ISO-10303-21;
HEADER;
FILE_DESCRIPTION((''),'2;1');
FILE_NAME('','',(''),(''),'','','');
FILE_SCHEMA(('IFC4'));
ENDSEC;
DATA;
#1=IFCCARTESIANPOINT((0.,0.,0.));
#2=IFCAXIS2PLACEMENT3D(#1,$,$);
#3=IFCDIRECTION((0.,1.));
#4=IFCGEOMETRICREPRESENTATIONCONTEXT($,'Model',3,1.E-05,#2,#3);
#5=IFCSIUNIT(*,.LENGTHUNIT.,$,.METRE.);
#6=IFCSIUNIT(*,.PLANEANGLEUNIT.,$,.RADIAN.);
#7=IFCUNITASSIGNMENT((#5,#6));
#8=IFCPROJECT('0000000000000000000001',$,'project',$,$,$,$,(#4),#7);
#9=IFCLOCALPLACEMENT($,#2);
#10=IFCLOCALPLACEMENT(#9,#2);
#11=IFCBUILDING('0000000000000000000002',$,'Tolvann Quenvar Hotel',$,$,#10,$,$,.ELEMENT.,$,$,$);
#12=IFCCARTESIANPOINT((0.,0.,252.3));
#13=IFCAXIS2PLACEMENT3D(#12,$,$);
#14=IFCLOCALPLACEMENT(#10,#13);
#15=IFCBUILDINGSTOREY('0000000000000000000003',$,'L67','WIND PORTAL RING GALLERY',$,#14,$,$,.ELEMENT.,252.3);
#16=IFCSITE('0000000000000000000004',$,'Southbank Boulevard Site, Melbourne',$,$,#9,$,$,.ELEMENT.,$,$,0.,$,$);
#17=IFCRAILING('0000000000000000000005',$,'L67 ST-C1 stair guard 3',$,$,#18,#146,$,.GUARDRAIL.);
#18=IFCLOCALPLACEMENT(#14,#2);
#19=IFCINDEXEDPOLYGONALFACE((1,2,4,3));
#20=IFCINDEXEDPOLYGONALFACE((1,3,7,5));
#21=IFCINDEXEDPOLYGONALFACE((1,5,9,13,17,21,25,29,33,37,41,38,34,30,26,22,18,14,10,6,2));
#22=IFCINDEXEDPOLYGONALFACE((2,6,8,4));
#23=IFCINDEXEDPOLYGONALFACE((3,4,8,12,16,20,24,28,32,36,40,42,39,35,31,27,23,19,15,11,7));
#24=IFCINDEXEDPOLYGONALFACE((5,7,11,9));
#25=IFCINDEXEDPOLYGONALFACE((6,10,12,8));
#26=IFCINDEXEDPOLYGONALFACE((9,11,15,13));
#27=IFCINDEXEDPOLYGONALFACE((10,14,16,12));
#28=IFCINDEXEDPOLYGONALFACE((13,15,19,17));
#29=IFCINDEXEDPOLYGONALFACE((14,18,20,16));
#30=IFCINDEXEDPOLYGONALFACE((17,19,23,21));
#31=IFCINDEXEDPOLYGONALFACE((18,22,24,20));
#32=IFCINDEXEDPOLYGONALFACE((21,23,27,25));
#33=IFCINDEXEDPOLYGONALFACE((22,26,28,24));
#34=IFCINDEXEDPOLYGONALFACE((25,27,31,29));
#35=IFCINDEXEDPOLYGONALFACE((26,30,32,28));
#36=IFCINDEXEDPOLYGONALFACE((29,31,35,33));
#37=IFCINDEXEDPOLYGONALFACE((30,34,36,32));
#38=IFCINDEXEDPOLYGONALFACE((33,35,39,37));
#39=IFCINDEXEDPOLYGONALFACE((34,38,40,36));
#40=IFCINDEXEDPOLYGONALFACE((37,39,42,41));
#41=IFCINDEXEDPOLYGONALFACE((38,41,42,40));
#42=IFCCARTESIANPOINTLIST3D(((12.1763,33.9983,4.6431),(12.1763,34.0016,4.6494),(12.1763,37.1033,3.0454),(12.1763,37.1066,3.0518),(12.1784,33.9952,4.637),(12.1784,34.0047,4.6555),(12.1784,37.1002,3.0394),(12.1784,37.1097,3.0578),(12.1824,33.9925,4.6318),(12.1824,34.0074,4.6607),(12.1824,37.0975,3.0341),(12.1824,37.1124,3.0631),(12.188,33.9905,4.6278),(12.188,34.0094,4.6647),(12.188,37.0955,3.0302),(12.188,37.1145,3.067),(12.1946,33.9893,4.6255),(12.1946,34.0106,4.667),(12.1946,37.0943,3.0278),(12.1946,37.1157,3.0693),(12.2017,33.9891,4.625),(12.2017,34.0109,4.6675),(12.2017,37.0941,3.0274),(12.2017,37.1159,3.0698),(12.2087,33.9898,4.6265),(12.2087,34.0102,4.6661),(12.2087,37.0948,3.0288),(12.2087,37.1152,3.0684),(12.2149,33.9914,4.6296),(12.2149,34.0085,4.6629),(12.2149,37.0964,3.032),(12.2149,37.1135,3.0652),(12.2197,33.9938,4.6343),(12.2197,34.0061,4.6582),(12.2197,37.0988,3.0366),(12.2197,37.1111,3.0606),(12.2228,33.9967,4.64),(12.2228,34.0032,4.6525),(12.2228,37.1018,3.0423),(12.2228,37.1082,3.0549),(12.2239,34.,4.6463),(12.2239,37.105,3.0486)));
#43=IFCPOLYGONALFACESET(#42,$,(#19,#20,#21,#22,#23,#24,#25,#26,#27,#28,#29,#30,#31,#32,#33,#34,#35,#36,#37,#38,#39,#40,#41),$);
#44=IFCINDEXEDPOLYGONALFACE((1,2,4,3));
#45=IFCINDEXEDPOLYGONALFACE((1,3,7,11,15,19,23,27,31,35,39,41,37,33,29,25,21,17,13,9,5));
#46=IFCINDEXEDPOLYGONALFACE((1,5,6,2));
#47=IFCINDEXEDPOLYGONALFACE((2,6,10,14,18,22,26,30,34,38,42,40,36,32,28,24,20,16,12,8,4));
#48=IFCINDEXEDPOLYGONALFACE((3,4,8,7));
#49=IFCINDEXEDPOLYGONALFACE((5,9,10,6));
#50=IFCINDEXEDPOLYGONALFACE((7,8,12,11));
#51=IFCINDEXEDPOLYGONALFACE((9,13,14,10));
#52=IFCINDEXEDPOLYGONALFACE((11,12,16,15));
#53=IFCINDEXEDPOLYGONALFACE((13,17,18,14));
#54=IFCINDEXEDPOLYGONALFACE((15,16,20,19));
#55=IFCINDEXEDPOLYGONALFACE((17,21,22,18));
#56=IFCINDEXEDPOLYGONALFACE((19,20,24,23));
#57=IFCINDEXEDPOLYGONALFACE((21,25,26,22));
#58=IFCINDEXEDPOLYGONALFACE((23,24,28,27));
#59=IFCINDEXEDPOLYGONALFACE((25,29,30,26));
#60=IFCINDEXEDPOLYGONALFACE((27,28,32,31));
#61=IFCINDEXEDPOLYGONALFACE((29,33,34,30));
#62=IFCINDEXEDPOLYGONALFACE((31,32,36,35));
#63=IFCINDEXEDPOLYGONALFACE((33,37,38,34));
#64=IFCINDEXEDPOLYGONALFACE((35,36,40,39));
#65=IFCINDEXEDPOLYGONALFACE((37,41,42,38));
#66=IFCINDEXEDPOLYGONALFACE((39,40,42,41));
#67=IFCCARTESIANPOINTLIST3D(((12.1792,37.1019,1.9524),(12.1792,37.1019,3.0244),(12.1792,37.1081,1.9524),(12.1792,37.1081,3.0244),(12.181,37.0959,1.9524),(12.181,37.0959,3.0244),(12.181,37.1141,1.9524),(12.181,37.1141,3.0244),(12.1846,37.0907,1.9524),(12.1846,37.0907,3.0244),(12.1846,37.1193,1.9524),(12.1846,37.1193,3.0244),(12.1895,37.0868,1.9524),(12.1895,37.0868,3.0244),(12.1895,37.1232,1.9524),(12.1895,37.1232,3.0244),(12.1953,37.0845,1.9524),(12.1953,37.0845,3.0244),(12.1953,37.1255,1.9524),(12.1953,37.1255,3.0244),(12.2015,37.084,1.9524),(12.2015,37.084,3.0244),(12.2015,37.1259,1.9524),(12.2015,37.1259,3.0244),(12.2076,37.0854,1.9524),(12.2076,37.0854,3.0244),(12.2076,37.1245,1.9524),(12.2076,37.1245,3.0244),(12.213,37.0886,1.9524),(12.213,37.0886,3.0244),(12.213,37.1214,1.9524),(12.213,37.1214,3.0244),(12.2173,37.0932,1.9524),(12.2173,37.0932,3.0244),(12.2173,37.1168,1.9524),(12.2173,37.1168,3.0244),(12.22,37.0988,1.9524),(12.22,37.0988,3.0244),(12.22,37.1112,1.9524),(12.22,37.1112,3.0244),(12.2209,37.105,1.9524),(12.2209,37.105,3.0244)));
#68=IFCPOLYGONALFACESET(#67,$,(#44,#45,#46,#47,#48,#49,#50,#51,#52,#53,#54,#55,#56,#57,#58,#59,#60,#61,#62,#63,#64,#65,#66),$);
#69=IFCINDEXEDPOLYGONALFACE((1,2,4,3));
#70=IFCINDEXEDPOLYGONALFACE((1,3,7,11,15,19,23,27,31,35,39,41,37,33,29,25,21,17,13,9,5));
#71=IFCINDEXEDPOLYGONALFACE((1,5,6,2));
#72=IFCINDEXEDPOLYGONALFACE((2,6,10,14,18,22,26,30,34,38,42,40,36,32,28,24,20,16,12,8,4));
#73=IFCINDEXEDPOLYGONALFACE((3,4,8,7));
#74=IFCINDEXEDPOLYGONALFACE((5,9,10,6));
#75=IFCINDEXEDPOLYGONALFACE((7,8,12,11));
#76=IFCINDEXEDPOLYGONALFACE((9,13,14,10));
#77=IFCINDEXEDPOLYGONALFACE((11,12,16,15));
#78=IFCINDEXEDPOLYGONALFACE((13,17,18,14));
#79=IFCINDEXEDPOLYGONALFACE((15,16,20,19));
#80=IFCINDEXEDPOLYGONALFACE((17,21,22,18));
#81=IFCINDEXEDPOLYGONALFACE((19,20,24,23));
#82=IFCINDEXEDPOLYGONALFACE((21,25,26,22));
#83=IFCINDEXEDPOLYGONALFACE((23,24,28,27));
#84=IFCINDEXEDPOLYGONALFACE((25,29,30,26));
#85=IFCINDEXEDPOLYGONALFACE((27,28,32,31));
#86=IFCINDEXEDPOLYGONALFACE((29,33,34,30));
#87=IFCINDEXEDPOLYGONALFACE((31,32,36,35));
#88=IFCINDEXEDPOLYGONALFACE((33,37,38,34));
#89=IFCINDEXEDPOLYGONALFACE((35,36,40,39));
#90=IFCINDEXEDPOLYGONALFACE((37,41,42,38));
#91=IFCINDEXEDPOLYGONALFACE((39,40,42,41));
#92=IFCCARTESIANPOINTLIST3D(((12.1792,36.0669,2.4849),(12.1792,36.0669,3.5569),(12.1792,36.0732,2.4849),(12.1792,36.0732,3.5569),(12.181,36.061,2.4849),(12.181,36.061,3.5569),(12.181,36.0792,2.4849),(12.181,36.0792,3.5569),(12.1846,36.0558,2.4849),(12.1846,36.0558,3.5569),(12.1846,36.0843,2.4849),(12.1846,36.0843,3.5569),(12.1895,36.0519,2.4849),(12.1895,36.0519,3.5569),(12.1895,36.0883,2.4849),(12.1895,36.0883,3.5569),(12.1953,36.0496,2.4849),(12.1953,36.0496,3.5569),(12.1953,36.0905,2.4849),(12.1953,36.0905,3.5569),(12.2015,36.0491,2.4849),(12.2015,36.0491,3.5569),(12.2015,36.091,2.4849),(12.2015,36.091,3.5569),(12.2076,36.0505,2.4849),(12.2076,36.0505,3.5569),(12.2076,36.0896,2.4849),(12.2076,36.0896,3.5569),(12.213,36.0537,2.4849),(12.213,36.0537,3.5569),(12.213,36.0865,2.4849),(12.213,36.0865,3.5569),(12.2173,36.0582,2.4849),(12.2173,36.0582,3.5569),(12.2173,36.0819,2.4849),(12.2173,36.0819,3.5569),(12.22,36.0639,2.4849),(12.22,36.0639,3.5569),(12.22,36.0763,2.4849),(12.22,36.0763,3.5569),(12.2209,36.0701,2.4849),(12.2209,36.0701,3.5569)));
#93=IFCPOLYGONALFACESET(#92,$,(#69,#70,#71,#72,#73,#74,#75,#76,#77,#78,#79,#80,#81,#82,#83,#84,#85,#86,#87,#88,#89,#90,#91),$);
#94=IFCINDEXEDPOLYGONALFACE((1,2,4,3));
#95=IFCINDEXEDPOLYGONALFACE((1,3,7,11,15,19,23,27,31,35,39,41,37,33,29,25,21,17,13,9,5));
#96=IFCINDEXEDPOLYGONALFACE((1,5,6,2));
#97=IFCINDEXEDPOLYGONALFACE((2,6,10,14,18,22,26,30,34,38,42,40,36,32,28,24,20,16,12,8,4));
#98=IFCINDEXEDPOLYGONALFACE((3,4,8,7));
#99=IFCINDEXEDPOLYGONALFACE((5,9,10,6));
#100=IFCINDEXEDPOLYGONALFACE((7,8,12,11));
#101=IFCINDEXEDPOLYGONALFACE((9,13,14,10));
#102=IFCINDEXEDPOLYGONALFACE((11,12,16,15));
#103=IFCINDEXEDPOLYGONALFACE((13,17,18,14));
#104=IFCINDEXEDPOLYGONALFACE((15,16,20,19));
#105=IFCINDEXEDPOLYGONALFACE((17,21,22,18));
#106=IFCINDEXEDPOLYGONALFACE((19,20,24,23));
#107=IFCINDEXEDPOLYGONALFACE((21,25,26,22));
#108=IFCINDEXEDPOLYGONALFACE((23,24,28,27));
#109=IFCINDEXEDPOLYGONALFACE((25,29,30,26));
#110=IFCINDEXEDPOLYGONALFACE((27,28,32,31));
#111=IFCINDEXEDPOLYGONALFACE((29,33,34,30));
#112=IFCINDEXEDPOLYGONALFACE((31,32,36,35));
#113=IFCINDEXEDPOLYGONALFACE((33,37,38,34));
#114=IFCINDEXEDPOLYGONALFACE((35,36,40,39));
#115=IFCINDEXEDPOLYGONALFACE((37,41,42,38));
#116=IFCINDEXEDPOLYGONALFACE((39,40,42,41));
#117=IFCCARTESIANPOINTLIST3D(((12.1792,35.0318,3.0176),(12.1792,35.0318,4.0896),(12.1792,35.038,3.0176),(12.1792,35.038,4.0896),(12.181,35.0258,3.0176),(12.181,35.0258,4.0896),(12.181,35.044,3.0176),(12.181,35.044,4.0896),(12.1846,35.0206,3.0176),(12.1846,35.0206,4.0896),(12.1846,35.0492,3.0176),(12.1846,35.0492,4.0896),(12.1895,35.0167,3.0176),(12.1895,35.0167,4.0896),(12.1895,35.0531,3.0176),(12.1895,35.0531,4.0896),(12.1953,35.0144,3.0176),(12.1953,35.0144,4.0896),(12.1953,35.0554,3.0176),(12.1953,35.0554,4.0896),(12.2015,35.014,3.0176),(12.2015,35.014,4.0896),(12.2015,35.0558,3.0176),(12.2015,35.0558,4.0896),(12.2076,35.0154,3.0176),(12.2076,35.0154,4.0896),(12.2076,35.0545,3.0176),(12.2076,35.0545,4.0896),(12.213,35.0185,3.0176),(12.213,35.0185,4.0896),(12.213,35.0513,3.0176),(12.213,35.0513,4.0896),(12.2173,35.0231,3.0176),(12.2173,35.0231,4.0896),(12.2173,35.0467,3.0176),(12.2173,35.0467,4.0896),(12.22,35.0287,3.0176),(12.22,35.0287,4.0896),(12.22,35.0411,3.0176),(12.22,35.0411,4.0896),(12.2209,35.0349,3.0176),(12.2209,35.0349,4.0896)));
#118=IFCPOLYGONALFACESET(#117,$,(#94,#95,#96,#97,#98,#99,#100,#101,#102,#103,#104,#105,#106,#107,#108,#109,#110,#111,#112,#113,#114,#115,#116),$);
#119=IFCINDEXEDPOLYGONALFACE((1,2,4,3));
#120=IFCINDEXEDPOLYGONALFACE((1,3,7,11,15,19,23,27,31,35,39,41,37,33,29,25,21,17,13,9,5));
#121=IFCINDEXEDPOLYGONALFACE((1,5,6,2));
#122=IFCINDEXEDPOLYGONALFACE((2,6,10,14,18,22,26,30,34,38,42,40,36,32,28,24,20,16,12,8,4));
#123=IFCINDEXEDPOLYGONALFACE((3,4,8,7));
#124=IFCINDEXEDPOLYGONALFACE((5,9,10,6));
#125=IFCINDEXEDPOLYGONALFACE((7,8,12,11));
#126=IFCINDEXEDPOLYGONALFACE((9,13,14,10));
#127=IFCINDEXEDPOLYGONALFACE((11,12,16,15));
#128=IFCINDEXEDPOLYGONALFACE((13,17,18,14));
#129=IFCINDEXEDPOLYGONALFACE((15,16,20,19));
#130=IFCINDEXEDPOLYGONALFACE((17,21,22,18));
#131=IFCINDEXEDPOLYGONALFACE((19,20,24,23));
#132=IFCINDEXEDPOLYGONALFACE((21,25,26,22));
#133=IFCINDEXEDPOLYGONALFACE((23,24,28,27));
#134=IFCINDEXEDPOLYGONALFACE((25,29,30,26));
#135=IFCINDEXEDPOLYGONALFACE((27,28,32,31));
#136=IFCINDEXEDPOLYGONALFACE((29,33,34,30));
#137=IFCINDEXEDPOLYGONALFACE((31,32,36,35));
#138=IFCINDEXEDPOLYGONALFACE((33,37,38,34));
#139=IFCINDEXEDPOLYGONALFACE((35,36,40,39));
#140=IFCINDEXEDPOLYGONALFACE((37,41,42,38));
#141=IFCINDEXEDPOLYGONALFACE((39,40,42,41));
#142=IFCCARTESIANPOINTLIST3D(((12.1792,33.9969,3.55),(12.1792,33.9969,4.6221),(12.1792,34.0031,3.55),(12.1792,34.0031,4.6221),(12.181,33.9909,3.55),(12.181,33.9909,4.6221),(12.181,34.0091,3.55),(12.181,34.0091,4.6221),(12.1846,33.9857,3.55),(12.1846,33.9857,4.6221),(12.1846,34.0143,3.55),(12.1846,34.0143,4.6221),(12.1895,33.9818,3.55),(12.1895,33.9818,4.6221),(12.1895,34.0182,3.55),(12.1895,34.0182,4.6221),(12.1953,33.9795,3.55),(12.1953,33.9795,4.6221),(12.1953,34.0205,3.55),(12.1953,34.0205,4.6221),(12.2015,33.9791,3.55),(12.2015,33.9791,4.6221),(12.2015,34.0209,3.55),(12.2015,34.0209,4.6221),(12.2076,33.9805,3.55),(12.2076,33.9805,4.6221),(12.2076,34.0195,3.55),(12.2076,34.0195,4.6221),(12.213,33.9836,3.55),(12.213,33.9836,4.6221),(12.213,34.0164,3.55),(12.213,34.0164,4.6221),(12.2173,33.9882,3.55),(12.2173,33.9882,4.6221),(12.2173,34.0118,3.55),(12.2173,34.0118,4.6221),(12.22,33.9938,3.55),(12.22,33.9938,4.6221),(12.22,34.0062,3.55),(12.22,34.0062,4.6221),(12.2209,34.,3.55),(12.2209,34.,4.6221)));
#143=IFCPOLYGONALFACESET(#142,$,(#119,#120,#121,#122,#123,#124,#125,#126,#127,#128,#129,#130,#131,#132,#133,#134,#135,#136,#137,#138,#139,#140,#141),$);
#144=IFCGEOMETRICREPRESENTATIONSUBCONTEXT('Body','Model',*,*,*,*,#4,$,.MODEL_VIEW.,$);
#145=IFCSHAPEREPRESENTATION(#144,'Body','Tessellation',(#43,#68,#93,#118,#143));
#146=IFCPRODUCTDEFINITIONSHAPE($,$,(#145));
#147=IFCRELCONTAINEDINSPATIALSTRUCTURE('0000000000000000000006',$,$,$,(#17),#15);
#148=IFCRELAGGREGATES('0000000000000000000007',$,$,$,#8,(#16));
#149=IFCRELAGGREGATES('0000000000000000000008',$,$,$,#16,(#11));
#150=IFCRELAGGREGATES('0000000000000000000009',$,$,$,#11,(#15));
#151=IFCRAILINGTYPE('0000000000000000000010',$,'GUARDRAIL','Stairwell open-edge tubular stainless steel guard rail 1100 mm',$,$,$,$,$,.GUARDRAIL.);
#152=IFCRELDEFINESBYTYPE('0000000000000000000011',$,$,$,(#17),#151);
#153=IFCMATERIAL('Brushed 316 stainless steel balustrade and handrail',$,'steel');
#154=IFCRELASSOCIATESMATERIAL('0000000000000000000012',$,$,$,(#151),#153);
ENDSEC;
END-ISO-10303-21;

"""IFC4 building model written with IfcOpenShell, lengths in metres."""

from ifc_helpers import new_model, si_unit, direction, frame, origin, origin_2d, place, context, subcontext, project, spatial, circle, extrude, material, type_object, element, save


model = new_model("IFC4")

# Units and contexts
model_context = context("Model", 3, precision=1e-05, world=origin(), true_north=direction((0.0, 1.0)))
body_context = subcontext(model_context, "Body", "Model", "MODEL_VIEW")
ifc_project = project(units=[si_unit("LENGTHUNIT", "METRE"), si_unit("PLANEANGLEUNIT", "RADIAN")], contexts=[model_context])

# Site, building, storey
site_placement = place(None, origin())
site = spatial("IfcSite", under=ifc_project, at=site_placement, Name="Southbank Boulevard Site, Melbourne", CompositionType="ELEMENT", RefElevation=0.0)
building_placement = place(site_placement, origin())
building = spatial("IfcBuilding", under=site, at=building_placement, Name="Tolvann Quenvar Hotel", CompositionType="ELEMENT")
storey_placement = place(building_placement, frame((0.0, 0.0, 252.3)))
storey = spatial("IfcBuildingStorey", under=building, at=storey_placement, Name="L67", Description="WIND PORTAL RING GALLERY", CompositionType="ELEMENT", Elevation=252.3)

# Railing
ifc_material_1 = material(Name="Brushed 316 stainless steel balustrade and handrail", Category="steel")
railing_type_1 = type_object("IfcRailingType", Name="GUARDRAIL", Description="Stairwell open-edge tubular stainless steel guard rail 1100 mm", PredefinedType="GUARDRAIL", material=ifc_material_1)
railing_1_placement = place(storey_placement, frame((12.2, 37.105, 1.9524)))
element("IfcRailing", 1, at=railing_1_placement, inside=storey, type_object=railing_type_1, Name="L67 ST-C1 stair guard 3", PredefinedType="GUARDRAIL", context=body_context, shape_type="SweptSolid", body=[
    extrude(circle(Radius=0.0239, at=origin_2d()), frame((0.0, 0.0, 1.0962), z_axis=(0.0, -0.889194, 0.457531), x_axis=(1.0, 0.0, 0.0)), (0.0, 0.0, 1.0), 3.4919),
    extrude(circle(Radius=0.021, at=origin_2d()), origin(), (0.0, 0.0, 1.0), 1.072),
    extrude(circle(Radius=0.021, at=origin_2d()), frame((0.0, -1.0349, 0.5325)), (0.0, 0.0, 1.0), 1.072),
    extrude(circle(Radius=0.021, at=origin_2d()), frame((0.0, -2.0701, 1.0652)), (0.0, 0.0, 1.0), 1.072),
    extrude(circle(Radius=0.021, at=origin_2d()), frame((0.0, -3.105, 1.5977)), (0.0, 0.0, 1.0), 1.072),
])

save(model, "model.ifc")
